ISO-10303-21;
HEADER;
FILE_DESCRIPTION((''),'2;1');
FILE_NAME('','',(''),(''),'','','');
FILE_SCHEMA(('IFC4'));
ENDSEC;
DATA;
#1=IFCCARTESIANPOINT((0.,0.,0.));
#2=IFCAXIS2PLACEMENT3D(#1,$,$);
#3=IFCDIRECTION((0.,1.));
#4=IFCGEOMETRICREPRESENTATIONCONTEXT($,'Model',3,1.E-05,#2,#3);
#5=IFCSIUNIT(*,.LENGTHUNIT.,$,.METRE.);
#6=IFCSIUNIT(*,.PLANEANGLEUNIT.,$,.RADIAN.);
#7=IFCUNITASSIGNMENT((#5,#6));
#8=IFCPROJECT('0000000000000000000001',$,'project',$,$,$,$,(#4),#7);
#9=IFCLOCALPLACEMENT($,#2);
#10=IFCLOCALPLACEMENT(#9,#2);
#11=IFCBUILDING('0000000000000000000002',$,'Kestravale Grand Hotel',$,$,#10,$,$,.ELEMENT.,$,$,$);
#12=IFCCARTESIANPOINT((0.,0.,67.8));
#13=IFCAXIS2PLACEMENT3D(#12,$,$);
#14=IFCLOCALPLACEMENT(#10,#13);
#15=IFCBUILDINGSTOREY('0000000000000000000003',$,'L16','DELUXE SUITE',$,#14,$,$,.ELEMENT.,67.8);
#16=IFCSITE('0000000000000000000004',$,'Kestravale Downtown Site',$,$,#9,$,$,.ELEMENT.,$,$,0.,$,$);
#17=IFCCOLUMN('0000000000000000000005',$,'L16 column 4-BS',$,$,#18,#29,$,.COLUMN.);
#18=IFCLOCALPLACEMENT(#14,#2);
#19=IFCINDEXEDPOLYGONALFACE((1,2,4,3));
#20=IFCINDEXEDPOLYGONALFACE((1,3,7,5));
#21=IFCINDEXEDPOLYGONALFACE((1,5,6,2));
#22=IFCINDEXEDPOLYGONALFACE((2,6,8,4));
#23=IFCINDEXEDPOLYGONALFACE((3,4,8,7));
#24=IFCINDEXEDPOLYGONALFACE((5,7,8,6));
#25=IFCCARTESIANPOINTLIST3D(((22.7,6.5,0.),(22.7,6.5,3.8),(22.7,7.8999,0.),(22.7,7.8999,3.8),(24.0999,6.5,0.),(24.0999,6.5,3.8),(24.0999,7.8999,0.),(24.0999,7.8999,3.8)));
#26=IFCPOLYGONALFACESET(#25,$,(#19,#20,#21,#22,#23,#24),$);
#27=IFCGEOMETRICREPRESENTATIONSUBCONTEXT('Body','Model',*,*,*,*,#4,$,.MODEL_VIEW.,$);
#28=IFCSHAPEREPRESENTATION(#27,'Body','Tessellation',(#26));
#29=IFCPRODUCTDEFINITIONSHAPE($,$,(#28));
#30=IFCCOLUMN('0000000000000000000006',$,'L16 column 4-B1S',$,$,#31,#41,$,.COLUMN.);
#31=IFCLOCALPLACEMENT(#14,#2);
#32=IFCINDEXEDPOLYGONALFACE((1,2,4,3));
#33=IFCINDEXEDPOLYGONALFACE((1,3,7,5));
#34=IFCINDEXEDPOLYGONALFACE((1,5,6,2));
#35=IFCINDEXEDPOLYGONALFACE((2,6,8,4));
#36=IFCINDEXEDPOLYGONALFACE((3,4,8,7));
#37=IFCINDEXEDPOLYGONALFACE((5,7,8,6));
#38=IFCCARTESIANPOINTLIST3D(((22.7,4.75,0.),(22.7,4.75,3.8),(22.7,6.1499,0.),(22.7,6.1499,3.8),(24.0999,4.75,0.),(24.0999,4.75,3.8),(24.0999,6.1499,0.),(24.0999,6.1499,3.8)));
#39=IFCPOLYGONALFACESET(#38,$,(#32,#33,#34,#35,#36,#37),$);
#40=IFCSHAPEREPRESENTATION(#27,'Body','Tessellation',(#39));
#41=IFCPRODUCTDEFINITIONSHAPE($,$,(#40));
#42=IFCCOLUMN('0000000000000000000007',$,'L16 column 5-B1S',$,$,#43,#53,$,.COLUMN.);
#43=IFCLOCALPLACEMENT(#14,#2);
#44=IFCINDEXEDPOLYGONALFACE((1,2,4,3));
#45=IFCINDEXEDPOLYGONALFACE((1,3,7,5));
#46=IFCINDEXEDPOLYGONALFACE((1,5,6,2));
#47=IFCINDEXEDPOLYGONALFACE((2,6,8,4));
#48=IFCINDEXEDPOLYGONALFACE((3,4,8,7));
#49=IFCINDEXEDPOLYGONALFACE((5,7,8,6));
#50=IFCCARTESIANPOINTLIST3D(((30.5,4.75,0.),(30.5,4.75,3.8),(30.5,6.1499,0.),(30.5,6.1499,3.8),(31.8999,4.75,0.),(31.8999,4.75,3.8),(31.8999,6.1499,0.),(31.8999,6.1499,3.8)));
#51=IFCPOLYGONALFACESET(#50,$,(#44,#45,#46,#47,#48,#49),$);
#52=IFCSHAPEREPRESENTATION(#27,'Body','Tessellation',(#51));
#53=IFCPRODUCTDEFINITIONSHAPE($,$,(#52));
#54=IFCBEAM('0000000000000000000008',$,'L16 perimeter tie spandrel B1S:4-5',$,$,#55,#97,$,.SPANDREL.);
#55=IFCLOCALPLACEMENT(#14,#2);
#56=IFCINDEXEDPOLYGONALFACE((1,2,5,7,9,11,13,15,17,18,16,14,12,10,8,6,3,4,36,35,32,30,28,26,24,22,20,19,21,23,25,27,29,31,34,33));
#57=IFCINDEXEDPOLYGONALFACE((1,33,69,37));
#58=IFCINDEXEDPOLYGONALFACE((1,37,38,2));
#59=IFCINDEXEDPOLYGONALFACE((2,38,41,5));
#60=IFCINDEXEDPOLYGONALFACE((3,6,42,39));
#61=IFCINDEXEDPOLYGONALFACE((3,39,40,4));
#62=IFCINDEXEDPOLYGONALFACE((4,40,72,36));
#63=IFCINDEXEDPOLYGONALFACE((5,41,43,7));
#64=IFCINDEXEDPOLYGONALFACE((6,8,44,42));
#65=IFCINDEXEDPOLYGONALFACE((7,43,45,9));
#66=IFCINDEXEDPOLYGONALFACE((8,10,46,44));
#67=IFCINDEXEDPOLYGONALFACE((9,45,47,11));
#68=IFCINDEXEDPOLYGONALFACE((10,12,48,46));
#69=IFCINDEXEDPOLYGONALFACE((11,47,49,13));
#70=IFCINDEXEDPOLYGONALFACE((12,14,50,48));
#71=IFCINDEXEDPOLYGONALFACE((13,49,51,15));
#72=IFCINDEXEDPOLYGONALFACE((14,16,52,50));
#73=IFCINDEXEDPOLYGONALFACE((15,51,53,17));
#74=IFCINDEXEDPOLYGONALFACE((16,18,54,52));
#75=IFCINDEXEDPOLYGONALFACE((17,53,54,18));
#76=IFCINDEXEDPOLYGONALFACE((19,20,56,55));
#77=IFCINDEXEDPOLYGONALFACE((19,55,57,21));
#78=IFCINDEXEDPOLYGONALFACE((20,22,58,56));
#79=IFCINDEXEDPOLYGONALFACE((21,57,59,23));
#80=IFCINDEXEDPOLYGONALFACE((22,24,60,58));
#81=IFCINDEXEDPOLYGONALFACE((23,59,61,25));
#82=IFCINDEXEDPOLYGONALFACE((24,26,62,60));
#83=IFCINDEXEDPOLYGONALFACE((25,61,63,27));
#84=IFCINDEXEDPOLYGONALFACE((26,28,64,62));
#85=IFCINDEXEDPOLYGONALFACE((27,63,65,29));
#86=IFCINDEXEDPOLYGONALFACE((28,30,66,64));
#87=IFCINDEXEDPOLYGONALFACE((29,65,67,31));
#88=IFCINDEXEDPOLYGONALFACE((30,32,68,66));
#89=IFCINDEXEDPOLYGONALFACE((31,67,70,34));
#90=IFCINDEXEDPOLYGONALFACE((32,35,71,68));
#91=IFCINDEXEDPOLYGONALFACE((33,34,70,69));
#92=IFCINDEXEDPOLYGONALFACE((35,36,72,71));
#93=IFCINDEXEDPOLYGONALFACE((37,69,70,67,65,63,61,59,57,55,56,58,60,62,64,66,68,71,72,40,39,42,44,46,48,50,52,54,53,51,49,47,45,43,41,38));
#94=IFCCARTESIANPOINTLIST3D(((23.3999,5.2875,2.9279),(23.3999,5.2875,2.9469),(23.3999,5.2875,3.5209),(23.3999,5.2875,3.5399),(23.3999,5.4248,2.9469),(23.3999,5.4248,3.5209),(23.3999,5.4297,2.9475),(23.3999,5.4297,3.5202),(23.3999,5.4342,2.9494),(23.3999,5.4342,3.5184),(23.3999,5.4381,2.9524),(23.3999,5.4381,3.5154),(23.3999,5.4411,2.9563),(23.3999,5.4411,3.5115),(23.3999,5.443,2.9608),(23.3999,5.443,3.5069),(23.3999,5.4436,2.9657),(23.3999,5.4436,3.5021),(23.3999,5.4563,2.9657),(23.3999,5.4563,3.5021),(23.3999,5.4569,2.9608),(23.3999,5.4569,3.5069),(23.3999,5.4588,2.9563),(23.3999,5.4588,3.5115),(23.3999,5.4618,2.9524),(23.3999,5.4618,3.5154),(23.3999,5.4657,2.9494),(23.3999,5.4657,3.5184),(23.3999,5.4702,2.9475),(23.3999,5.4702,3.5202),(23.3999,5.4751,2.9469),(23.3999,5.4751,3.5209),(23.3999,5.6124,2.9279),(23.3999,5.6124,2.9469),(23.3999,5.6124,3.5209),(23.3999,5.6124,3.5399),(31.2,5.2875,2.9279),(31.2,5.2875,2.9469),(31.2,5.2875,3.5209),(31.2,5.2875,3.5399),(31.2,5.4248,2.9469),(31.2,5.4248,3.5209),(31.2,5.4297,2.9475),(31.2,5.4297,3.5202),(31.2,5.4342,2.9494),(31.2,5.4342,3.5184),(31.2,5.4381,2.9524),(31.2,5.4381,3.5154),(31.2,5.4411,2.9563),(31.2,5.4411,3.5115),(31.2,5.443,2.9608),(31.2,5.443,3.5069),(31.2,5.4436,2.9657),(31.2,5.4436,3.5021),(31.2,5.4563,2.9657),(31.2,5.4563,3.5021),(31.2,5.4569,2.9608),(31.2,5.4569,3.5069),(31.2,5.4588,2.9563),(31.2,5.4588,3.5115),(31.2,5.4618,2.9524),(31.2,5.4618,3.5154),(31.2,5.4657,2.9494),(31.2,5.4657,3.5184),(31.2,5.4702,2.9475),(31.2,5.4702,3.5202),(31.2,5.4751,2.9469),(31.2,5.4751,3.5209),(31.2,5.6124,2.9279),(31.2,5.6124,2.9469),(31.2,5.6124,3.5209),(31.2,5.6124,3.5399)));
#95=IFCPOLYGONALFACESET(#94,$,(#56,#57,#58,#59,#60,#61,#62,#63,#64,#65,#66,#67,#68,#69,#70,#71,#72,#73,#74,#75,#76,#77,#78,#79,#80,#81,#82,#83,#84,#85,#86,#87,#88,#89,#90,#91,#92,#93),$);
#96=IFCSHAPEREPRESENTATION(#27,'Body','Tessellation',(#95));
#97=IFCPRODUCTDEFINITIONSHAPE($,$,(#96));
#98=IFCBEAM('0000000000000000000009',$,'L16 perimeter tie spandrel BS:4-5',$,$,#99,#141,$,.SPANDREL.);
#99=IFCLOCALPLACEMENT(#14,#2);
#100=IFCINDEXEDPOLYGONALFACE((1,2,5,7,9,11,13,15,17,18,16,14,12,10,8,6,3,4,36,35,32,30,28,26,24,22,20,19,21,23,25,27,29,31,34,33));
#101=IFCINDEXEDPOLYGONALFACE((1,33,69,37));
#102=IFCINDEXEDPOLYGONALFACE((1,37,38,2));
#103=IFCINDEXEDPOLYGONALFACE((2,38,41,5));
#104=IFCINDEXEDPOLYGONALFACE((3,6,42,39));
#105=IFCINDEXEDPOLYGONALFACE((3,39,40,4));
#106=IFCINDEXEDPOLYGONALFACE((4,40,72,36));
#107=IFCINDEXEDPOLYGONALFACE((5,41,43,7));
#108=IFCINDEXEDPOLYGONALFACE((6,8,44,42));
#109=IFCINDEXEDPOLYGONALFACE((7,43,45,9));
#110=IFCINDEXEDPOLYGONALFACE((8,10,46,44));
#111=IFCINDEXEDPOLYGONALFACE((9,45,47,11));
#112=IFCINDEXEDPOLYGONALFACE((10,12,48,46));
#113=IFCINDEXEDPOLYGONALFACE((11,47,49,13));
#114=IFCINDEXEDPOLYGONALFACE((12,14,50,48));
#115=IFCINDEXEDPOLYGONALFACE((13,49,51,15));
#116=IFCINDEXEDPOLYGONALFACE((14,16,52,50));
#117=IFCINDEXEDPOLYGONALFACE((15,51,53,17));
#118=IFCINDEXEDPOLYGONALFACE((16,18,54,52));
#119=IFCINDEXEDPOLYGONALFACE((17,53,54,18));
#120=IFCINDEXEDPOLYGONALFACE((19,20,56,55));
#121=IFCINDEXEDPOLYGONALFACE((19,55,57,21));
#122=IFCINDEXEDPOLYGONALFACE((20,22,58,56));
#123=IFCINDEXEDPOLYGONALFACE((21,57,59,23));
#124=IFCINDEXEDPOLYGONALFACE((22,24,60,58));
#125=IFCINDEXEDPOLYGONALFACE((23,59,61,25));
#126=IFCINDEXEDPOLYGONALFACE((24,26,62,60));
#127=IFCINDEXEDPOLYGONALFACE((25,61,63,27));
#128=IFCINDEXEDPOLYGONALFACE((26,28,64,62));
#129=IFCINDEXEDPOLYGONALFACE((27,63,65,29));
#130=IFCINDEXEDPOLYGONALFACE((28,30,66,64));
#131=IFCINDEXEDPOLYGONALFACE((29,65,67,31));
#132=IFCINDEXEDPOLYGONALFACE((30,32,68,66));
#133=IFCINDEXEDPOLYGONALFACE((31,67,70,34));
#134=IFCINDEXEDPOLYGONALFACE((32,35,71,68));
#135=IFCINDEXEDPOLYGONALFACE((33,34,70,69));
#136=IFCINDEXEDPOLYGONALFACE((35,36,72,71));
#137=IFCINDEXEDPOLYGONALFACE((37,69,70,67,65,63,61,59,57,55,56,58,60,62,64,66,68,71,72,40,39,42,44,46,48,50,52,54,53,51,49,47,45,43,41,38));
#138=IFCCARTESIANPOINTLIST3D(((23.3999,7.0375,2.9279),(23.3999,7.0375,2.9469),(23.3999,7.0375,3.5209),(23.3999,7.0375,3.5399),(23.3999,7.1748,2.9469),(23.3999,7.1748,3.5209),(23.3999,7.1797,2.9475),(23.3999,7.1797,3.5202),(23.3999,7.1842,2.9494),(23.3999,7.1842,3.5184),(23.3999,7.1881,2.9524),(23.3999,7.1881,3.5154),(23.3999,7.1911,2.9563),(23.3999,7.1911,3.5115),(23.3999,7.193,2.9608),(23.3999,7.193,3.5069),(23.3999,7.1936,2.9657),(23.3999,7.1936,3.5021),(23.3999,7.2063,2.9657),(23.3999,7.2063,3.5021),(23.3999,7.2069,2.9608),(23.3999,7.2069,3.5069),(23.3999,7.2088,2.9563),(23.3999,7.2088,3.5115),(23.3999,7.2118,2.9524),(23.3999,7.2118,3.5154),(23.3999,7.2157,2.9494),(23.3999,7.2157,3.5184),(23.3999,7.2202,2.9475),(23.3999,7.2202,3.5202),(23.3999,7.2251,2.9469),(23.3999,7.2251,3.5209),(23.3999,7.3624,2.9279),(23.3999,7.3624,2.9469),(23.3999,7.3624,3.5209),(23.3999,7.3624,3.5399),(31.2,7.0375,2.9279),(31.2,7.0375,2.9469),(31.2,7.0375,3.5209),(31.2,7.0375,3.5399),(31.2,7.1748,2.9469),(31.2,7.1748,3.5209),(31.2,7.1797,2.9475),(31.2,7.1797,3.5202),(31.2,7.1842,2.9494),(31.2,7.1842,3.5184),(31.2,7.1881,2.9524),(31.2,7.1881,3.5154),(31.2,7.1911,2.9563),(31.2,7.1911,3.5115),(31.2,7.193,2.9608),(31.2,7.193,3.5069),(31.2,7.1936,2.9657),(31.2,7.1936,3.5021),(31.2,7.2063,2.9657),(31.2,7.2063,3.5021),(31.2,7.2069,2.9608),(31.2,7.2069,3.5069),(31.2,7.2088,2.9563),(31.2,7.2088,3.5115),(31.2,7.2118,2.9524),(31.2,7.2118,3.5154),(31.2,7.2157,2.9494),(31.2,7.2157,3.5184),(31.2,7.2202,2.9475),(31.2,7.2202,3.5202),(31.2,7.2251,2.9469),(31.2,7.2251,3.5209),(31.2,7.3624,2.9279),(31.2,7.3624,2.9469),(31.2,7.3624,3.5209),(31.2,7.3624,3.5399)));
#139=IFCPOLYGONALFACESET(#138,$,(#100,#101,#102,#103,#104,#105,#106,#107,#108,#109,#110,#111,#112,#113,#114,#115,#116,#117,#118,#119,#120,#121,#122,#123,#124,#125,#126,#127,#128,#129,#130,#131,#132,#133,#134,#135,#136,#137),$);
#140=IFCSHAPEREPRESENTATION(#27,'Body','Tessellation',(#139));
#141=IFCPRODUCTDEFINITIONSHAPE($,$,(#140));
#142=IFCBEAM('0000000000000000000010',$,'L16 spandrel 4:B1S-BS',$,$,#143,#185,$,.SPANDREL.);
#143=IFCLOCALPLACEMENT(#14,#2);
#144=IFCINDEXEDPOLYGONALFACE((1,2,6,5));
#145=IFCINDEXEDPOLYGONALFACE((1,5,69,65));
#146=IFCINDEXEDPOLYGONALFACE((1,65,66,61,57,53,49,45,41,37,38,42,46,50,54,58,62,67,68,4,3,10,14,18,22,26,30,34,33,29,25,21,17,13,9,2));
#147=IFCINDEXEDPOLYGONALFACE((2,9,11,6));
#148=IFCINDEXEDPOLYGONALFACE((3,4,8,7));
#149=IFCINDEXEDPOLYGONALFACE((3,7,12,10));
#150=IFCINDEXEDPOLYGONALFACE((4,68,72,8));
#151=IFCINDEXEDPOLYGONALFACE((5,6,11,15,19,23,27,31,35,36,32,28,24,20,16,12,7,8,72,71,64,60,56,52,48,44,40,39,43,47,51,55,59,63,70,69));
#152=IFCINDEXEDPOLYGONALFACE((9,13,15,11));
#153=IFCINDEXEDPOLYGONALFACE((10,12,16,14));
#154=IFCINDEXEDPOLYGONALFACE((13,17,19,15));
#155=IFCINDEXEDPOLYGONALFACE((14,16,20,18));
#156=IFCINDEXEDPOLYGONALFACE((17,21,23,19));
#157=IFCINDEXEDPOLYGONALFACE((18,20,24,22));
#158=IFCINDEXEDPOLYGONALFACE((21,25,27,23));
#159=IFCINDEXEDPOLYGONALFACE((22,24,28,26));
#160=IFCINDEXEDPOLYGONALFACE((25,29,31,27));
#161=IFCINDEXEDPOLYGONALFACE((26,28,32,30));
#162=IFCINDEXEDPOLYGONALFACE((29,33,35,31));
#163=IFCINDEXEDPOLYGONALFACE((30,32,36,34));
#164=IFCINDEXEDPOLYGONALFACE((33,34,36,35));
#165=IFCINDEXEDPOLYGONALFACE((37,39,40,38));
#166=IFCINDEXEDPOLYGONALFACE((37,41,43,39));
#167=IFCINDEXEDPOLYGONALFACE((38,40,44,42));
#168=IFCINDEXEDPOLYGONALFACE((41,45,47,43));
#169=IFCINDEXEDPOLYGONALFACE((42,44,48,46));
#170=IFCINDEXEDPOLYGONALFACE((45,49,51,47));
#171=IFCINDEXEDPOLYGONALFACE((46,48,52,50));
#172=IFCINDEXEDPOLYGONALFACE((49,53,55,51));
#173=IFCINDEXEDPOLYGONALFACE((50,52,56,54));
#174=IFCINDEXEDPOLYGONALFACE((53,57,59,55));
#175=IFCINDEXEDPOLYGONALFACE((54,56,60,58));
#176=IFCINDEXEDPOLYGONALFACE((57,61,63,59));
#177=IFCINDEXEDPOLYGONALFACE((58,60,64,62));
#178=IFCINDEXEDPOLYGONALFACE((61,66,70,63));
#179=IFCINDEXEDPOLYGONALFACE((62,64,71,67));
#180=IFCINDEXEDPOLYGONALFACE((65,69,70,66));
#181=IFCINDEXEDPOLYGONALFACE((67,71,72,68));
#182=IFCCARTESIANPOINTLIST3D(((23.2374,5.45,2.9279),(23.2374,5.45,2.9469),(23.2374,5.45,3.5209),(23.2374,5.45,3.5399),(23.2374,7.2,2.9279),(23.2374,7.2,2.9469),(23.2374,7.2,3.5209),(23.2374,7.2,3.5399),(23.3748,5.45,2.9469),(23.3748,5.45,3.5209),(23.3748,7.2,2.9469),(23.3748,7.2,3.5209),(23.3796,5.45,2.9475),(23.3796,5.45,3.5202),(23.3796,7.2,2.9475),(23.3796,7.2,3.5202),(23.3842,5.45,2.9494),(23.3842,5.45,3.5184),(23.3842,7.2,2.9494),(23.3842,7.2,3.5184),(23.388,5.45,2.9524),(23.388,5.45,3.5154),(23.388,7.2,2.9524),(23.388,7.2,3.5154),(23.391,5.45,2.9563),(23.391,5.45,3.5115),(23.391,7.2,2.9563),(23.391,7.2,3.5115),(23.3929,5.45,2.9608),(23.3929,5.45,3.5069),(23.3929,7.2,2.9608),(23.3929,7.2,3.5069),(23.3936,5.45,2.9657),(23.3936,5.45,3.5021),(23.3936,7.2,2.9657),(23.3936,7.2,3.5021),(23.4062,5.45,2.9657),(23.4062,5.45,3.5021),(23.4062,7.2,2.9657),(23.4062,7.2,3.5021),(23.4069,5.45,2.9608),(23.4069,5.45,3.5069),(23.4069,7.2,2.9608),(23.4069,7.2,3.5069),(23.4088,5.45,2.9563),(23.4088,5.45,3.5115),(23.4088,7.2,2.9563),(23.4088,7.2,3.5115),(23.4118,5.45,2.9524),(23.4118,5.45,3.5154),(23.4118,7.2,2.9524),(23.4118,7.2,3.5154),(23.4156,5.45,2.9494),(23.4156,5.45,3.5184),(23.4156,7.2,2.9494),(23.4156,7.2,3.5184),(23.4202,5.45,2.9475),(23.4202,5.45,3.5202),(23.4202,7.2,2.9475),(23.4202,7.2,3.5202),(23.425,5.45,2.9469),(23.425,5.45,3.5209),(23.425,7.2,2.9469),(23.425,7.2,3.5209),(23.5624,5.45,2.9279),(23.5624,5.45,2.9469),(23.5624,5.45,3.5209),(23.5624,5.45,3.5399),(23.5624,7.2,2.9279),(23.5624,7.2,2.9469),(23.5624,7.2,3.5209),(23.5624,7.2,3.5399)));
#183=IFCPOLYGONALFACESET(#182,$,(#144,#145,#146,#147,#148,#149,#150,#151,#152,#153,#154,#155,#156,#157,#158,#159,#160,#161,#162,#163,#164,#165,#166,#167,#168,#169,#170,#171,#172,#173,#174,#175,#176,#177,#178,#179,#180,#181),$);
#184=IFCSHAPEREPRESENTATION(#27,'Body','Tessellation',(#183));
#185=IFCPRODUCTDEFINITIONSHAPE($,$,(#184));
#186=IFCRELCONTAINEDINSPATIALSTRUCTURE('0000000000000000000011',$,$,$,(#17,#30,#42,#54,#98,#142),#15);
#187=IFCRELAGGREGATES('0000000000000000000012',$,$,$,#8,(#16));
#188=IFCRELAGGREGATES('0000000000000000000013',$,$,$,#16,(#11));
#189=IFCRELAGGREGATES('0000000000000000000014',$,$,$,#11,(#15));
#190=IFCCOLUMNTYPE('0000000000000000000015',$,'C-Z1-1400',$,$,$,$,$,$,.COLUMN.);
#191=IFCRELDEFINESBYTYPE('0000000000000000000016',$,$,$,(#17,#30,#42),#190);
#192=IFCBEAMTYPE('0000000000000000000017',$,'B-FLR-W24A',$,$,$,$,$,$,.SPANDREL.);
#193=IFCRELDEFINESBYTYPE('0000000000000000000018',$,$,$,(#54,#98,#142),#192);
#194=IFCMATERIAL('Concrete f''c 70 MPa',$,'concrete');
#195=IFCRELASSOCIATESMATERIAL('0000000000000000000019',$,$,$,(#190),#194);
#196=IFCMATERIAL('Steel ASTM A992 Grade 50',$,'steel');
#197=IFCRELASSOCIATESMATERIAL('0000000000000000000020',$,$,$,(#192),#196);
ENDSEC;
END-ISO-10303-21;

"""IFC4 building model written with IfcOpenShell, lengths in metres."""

from ifc_helpers import new_model, si_unit, direction, frame, origin, origin_2d, place, context, subcontext, project, spatial, rectangle, i_section, extrude, material, material_profile, profile_set, type_object, element, save


model = new_model("IFC4")

# Units and contexts
model_context = context("Model", 3, precision=1e-05, world=origin(), true_north=direction((0.0, 1.0)))
body_context = subcontext(model_context, "Body", "Model", "MODEL_VIEW")
ifc_project = project(units=[si_unit("LENGTHUNIT", "METRE"), si_unit("PLANEANGLEUNIT", "RADIAN")], contexts=[model_context])

# Site, building, storey
site_placement = place(None, origin())
site = spatial("IfcSite", under=ifc_project, at=site_placement, Name="Kestravale Downtown Site", CompositionType="ELEMENT", RefElevation=0.0)
building_placement = place(site_placement, origin())
building = spatial("IfcBuilding", under=site, at=building_placement, Name="Kestravale Grand Hotel", CompositionType="ELEMENT")
storey_placement = place(building_placement, frame((0.0, 0.0, 67.8)))
storey = spatial("IfcBuildingStorey", under=building, at=storey_placement, Name="L16", Description="DELUXE SUITE", CompositionType="ELEMENT", Elevation=67.8)

# Columns
ifc_material_1 = material(Name="Concrete f'c 70 MPa", Category="concrete")
ifc_material_profile_1 = material_profile(ifc_material_1, rectangle(XDim=1.3999, YDim=1.3999, at=origin_2d()))
ifc_profile_set_1 = profile_set([ifc_material_profile_1], Name="Concrete f'c 70 MPa")
column_type = type_object("IfcColumnType", Name="C-Z1-1400", PredefinedType="COLUMN", material=ifc_profile_set_1)
for number, where, z_axis, x_axis, name in (
    (1, (23.3999, 7.2, 0.0), (0.0, 0.0, 1.0), (1.0, 0.0, 0.0), "L16 column 4-BS"),
    (2, (23.3999, 5.45, 0.0), (0.0, 0.0, 1.0), (1.0, 0.0, 0.0), "L16 column 4-B1S"),
    (3, (31.2, 5.45, 0.0), (0.0, 0.0, 1.0), (1.0, 0.0, 0.0), "L16 column 5-B1S"),
):
    element("IfcColumn", number, at=place(storey_placement, frame(where, z_axis=z_axis, x_axis=x_axis)), inside=storey, type_object=column_type, Name=name, PredefinedType="COLUMN", context=body_context, shape_type="SweptSolid", body=[
        extrude(rectangle(XDim=1.3999, YDim=1.3999, at=origin_2d()), origin(), (0.0, 0.0, 1.0), 3.8),
    ])

# Beams
ifc_material_2 = material(Name="Steel ASTM A992 Grade 50", Category="steel")
ifc_material_profile_2 = material_profile(ifc_material_2, i_section(OverallWidth=0.325, OverallDepth=0.6121, WebThickness=0.0127, FlangeThickness=0.019, FilletRadius=0.0188, at=origin_2d()))
ifc_profile_set_2 = profile_set([ifc_material_profile_2], Name="Steel ASTM A992 Grade 50")
beam_type_1 = type_object("IfcBeamType", Name="B-FLR-W24A", PredefinedType="SPANDREL", material=ifc_profile_set_2)
for number, where, z_axis, x_axis, name in (
    (4, (23.3999, 5.45, 3.2339), (1.0, 0.0, 0.0), (0.0, 1.0, 0.0), "L16 perimeter tie spandrel B1S:4-5"),
    (5, (23.3999, 7.2, 3.2339), (1.0, 0.0, 0.0), (0.0, 1.0, 0.0), "L16 perimeter tie spandrel BS:4-5"),
):
    element("IfcBeam", number, at=place(storey_placement, frame(where, z_axis=z_axis, x_axis=x_axis)), inside=storey, type_object=beam_type_1, Name=name, PredefinedType="SPANDREL", context=body_context, shape_type="SweptSolid", body=[
        extrude(i_section(OverallWidth=0.325, OverallDepth=0.6121, WebThickness=0.0127, FlangeThickness=0.019, FilletRadius=0.0188, at=origin_2d()), origin(), (0.0, 0.0, 1.0), 7.8),
    ])
for number, where, z_axis, x_axis, name in (
    (6, (23.3999, 5.45, 3.2339), (0.0, 1.0, 0.0), (-1.0, 0.0, 0.0), "L16 spandrel 4:B1S-BS"),
):
    element("IfcBeam", number, at=place(storey_placement, frame(where, z_axis=z_axis, x_axis=x_axis)), inside=storey, type_object=beam_type_1, Name=name, PredefinedType="SPANDREL", context=body_context, shape_type="SweptSolid", body=[
        extrude(i_section(OverallWidth=0.325, OverallDepth=0.6121, WebThickness=0.0127, FlangeThickness=0.019, FilletRadius=0.0188, at=origin_2d()), origin(), (0.0, 0.0, 1.0), 1.75),
    ])

save(model, "model.ifc")
